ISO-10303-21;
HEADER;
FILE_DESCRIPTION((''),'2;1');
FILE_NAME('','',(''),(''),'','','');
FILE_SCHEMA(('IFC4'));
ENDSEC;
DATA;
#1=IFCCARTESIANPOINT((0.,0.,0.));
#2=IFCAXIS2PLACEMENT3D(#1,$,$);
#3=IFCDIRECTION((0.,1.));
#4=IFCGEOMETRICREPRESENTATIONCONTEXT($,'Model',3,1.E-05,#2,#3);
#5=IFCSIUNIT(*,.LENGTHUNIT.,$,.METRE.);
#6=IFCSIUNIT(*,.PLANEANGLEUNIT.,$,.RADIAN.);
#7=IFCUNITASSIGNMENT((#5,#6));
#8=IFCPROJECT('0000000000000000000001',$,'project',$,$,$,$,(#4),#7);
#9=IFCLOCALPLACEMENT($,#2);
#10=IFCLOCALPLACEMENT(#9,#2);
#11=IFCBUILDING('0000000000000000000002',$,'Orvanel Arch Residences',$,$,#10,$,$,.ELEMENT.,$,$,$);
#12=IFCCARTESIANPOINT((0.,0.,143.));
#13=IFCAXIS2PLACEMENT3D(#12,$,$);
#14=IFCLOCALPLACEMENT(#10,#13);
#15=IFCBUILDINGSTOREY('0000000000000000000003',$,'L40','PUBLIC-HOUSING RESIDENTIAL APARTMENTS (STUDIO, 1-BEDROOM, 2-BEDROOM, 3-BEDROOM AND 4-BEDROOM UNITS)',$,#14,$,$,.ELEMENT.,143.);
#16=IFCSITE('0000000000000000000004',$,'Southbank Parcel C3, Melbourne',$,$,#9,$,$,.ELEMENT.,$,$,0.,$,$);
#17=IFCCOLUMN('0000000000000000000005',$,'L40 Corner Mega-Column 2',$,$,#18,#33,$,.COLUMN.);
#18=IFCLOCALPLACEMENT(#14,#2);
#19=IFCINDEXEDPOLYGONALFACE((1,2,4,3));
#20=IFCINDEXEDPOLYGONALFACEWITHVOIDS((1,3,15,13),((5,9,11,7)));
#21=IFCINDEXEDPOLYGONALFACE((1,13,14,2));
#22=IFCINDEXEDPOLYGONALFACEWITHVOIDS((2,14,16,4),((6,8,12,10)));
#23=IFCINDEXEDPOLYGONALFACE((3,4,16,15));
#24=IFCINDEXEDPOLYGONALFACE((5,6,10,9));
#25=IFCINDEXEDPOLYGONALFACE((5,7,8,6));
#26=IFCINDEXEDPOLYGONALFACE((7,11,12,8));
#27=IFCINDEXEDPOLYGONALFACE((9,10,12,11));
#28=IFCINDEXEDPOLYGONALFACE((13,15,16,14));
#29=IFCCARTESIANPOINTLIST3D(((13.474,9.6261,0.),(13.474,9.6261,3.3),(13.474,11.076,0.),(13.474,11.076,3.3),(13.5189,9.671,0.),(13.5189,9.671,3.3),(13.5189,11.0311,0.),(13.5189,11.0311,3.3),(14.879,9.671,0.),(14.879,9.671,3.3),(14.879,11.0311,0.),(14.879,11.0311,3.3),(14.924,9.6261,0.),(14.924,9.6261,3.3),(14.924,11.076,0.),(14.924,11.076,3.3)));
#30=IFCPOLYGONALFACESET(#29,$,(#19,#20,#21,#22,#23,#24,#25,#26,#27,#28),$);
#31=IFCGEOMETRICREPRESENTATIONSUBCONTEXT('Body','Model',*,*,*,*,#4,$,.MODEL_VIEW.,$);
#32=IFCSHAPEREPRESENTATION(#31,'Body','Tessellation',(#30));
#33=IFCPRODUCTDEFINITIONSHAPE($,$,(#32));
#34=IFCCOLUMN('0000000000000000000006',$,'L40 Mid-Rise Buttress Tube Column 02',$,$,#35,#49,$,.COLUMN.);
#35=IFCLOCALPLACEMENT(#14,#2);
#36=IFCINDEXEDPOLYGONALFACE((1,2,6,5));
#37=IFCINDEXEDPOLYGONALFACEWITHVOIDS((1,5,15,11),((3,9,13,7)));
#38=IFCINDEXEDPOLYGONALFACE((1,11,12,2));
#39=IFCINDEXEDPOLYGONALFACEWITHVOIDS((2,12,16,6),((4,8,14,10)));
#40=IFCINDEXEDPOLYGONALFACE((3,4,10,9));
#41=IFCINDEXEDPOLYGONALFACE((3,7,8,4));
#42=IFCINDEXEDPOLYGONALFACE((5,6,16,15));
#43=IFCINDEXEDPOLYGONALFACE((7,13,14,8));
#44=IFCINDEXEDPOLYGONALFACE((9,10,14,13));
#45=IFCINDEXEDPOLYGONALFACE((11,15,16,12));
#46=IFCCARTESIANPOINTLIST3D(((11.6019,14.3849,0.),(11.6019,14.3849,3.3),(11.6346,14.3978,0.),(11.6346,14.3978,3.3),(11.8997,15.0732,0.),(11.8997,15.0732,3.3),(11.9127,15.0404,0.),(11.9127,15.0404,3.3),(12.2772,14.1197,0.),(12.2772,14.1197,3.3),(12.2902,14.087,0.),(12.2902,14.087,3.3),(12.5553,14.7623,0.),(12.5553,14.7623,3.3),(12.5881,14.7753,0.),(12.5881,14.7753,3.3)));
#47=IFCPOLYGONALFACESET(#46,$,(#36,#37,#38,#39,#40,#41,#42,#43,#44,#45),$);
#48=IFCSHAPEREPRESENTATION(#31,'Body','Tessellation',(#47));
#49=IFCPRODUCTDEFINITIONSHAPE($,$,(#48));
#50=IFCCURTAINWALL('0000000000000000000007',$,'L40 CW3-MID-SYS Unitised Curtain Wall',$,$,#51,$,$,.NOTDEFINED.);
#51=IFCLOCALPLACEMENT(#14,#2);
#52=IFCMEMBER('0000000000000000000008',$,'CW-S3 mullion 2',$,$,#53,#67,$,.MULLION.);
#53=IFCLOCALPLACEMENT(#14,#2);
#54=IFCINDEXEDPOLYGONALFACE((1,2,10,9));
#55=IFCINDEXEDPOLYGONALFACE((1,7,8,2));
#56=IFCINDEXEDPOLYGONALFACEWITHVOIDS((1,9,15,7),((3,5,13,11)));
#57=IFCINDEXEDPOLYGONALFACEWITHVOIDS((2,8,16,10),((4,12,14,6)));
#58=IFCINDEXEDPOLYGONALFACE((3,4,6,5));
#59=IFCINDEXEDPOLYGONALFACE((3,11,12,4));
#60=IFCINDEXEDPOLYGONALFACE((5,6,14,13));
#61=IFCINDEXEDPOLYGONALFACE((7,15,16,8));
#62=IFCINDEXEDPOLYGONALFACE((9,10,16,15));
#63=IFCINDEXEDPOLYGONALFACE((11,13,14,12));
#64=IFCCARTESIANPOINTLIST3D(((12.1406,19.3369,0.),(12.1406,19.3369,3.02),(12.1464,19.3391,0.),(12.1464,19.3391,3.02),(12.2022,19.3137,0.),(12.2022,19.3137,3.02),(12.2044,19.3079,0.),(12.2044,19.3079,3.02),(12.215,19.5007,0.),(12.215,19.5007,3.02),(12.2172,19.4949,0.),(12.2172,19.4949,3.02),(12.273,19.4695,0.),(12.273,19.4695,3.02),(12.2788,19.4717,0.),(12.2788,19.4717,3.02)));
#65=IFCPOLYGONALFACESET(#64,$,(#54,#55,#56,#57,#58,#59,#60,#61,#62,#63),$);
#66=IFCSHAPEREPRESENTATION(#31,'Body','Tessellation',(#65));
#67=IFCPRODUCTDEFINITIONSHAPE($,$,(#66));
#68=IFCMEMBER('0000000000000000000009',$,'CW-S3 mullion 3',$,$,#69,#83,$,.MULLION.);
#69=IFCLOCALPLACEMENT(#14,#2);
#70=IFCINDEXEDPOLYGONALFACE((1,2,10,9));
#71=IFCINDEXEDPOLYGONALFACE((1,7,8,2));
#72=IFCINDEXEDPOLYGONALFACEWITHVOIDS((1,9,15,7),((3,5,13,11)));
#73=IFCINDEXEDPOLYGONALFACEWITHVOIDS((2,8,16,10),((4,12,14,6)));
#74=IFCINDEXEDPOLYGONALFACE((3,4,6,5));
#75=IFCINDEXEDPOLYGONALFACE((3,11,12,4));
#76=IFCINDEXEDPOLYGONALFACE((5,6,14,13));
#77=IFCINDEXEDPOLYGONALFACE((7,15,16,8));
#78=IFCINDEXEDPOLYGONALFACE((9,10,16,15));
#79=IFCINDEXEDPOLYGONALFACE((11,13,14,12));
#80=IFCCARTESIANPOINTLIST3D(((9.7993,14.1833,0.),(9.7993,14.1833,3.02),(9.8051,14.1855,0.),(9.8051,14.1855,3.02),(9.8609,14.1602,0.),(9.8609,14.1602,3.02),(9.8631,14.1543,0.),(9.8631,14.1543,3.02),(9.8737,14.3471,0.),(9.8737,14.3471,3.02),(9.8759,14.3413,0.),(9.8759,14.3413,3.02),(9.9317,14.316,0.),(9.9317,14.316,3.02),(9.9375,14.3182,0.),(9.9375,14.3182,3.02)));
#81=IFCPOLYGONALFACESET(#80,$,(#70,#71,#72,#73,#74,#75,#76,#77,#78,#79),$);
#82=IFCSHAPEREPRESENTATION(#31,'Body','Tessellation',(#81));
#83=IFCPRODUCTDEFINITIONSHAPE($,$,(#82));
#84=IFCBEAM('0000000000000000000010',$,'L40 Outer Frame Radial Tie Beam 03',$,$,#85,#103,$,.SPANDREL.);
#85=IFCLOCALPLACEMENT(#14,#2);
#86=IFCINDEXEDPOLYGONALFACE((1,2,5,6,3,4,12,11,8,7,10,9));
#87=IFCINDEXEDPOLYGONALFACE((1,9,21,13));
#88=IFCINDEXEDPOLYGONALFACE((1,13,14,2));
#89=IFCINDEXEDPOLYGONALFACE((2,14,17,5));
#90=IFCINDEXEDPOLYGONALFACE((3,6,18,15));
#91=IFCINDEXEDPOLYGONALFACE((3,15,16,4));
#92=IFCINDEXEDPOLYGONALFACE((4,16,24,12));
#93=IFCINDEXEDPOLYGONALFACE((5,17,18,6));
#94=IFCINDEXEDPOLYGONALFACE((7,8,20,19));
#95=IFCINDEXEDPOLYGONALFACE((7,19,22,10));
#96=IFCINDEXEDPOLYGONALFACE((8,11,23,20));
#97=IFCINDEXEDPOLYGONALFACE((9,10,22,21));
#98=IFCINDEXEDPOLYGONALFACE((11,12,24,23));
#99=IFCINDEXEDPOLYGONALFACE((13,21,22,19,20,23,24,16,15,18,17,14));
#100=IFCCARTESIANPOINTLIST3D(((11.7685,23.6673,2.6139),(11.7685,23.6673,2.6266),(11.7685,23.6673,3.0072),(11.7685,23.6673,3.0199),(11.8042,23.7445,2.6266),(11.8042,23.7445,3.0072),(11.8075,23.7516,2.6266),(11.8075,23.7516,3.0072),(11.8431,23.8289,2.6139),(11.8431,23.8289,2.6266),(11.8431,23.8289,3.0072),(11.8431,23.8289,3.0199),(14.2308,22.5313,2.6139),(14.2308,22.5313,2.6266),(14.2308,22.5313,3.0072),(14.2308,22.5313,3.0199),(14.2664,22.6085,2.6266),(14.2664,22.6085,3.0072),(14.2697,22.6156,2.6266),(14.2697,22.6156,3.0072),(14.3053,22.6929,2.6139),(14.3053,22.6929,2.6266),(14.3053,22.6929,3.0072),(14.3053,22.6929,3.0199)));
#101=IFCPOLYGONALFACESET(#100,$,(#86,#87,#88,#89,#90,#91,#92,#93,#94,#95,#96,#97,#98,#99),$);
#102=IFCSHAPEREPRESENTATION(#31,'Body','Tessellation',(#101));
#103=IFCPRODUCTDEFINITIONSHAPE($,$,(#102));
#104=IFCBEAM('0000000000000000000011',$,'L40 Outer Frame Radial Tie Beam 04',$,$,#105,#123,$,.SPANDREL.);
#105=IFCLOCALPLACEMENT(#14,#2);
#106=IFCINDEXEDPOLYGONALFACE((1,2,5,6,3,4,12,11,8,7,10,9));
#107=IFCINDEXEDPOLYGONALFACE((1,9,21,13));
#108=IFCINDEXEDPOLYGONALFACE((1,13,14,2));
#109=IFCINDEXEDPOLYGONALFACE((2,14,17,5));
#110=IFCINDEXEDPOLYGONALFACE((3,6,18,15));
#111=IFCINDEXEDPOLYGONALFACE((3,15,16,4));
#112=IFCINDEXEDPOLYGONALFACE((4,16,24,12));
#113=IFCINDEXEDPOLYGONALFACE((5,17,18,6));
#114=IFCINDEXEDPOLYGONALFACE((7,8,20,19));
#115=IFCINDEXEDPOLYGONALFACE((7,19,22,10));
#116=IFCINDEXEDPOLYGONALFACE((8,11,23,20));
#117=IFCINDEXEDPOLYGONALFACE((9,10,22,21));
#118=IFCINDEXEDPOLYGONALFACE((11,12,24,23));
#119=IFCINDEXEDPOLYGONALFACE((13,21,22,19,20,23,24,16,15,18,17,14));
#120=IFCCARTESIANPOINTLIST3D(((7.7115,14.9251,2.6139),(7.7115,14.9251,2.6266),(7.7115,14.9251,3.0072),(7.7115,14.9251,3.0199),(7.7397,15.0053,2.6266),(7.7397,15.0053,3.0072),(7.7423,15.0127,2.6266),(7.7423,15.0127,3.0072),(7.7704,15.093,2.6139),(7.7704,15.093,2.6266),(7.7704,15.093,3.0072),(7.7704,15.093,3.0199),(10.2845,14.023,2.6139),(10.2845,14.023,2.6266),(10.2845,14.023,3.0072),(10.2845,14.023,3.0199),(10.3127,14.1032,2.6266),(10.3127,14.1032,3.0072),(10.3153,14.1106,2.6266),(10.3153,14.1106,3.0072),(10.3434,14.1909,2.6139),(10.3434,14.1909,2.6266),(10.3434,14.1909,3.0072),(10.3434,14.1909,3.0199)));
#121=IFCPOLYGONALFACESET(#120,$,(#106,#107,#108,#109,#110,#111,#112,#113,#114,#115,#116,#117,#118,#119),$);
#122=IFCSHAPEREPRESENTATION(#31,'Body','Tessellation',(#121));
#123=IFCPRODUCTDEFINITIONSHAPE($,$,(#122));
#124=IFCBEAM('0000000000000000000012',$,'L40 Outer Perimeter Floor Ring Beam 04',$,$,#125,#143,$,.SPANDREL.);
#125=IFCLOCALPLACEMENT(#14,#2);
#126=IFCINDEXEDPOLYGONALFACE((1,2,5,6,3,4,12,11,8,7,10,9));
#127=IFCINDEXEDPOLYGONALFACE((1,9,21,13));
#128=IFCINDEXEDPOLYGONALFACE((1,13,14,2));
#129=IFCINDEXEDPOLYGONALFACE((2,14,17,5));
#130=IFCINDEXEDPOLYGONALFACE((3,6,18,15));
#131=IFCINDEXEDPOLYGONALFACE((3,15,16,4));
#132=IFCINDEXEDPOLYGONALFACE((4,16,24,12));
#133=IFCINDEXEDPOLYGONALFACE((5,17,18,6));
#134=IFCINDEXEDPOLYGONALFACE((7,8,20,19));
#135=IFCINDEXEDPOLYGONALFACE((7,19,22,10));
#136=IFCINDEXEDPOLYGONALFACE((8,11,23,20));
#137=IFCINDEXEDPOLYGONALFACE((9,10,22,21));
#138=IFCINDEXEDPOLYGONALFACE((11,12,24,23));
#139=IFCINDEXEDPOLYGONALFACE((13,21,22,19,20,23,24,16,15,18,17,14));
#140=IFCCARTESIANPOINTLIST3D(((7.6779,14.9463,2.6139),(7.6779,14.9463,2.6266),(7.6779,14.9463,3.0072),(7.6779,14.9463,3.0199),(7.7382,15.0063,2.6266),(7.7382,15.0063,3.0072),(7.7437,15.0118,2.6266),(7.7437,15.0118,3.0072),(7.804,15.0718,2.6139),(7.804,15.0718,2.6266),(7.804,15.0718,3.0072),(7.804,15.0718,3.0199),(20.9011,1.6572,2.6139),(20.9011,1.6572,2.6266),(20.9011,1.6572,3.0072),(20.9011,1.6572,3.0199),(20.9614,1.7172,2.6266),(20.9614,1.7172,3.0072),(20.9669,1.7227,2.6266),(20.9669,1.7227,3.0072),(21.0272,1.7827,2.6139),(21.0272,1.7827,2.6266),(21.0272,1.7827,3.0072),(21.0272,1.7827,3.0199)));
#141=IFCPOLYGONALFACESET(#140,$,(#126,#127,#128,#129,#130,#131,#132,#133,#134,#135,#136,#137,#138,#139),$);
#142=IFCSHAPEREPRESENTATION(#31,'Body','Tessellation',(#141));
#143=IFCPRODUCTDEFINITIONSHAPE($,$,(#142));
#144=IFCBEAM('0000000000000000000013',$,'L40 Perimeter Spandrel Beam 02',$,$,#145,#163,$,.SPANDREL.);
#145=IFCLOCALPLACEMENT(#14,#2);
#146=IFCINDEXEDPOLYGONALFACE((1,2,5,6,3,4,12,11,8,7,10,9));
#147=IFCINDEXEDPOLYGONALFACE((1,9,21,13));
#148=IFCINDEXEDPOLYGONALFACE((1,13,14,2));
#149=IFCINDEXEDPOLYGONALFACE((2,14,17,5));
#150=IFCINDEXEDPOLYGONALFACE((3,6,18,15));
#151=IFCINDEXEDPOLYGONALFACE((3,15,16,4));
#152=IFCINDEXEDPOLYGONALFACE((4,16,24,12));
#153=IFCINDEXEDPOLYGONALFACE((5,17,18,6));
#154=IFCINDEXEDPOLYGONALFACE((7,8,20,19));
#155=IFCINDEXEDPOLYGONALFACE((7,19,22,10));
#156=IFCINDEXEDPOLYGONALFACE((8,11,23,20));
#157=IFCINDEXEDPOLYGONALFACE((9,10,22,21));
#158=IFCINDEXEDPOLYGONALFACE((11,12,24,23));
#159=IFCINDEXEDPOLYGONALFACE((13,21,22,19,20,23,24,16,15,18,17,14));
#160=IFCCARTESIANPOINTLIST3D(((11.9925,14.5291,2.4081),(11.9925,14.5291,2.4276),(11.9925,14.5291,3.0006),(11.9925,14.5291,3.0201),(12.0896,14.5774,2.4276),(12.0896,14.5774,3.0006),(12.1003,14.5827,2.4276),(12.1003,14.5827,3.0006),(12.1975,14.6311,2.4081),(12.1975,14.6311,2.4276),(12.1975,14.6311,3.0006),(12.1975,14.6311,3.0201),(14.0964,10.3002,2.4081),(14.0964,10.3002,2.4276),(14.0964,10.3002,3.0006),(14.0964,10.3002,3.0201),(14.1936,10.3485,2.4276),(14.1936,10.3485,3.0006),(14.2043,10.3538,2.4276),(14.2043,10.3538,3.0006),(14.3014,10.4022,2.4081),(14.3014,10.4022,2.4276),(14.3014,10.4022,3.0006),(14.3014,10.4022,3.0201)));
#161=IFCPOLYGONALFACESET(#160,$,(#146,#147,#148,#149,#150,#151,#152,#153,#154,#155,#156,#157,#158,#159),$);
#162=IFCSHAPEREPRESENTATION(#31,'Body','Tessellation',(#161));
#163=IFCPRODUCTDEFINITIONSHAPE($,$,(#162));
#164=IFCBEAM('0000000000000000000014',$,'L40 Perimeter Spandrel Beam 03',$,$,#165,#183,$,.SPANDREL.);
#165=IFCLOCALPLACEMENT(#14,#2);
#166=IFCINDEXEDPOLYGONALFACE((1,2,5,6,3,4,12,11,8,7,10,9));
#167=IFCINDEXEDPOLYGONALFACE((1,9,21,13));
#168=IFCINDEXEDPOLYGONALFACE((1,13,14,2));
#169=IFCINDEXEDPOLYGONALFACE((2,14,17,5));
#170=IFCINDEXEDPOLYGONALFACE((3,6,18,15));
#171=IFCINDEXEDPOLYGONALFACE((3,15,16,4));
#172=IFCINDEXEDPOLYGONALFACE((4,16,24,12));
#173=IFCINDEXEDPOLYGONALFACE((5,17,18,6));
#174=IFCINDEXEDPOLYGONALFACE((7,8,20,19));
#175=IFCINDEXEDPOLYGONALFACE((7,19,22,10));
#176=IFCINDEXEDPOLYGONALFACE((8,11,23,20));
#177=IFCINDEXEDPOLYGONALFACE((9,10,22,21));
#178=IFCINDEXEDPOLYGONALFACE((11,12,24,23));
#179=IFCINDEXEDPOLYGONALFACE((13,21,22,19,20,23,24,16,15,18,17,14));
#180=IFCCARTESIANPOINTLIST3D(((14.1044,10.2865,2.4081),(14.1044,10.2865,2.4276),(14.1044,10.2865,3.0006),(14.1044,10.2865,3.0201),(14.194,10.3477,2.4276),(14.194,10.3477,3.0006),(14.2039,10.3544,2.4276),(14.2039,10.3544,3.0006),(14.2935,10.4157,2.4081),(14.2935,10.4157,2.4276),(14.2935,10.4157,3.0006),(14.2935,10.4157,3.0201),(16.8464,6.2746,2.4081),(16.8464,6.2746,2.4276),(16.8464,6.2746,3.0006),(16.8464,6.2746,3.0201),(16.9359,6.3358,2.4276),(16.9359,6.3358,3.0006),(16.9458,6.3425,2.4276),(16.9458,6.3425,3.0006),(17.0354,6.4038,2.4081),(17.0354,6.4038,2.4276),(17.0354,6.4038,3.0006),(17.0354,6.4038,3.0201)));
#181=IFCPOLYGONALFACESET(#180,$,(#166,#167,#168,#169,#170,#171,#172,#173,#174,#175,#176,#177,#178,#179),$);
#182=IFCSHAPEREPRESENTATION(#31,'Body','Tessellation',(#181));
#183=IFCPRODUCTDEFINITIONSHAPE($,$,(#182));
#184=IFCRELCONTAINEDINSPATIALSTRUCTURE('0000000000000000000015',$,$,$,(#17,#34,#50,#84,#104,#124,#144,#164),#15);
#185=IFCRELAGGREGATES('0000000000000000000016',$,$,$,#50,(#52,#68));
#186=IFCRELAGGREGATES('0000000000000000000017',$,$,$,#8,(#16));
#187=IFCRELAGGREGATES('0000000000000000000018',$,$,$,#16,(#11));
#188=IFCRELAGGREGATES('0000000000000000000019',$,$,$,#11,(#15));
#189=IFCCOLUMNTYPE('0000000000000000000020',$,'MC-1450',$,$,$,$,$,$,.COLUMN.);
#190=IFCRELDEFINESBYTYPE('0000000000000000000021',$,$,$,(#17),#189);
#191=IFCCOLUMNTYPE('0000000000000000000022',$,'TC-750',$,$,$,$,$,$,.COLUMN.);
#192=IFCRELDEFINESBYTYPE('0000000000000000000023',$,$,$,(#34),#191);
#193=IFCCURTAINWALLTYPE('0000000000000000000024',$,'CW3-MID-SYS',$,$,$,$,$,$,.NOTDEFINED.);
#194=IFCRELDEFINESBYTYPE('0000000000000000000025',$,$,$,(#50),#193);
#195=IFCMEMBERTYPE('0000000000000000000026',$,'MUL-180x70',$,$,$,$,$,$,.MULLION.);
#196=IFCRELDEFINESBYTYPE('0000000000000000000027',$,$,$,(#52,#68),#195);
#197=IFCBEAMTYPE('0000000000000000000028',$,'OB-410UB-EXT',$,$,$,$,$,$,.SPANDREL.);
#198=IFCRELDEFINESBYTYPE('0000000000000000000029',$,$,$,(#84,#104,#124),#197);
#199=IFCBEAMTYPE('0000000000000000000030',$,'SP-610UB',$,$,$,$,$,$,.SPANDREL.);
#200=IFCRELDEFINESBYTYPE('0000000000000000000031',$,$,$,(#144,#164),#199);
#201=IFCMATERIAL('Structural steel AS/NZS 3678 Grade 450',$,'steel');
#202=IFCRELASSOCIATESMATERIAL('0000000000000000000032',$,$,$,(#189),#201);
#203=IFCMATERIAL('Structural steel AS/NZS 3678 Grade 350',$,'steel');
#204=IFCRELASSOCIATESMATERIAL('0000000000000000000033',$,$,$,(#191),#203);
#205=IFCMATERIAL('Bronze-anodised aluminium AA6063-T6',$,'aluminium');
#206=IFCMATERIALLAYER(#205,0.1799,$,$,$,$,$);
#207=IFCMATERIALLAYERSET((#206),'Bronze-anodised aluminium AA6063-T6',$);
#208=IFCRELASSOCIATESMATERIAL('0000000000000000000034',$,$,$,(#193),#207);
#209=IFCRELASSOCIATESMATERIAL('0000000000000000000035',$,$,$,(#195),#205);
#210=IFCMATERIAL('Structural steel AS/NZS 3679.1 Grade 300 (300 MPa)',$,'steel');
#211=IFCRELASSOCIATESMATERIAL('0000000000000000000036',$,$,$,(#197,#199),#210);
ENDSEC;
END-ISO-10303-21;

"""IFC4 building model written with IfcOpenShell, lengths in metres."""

from ifc_helpers import new_model, si_unit, direction, frame, origin, origin_2d, place, context, subcontext, project, spatial, hollow_rectangle, i_section, extrude, material, layer, layer_set, material_profile, profile_set, type_object, element, aggregate, save


model = new_model("IFC4")

# Units and contexts
model_context = context("Model", 3, precision=1e-05, world=origin(), true_north=direction((0.0, 1.0)))
body_context = subcontext(model_context, "Body", "Model", "MODEL_VIEW")
ifc_project = project(units=[si_unit("LENGTHUNIT", "METRE"), si_unit("PLANEANGLEUNIT", "RADIAN")], contexts=[model_context])

# Site, building, storey
site_placement = place(None, origin())
site = spatial("IfcSite", under=ifc_project, at=site_placement, Name="Southbank Parcel C3, Melbourne", CompositionType="ELEMENT", RefElevation=0.0)
building_placement = place(site_placement, origin())
building = spatial("IfcBuilding", under=site, at=building_placement, Name="Orvanel Arch Residences", CompositionType="ELEMENT")
storey_placement = place(building_placement, frame((0.0, 0.0, 143.0)))
storey = spatial("IfcBuildingStorey", under=building, at=storey_placement, Name="L40", Description="PUBLIC-HOUSING RESIDENTIAL APARTMENTS (STUDIO, 1-BEDROOM, 2-BEDROOM, 3-BEDROOM AND 4-BEDROOM UNITS)", CompositionType="ELEMENT", Elevation=143.0)

# Columns
ifc_material_1 = material(Name="Structural steel AS/NZS 3678 Grade 450", Category="steel")
ifc_material_profile_1 = material_profile(ifc_material_1, hollow_rectangle(XDim=1.45, YDim=1.45, WallThickness=0.0449, at=origin_2d()), Name="BOX1450x1450x45")
ifc_profile_set_1 = profile_set([ifc_material_profile_1], Name="Structural steel AS/NZS 3678 Grade 450")
column_type_1 = type_object("IfcColumnType", Name="MC-1450", PredefinedType="COLUMN", material=ifc_profile_set_1)
column_1_placement = place(storey_placement, frame((14.199, 10.3511, 0.0), z_axis=(0.0, 0.0, 1.0), x_axis=(1.0, 0.0, 0.0)))
element("IfcColumn", 1, at=column_1_placement, inside=storey, type_object=column_type_1, Name="L40 Corner Mega-Column 2", PredefinedType="COLUMN", context=body_context, shape_type="SweptSolid", body=[
    extrude(hollow_rectangle(XDim=1.45, YDim=1.45, WallThickness=0.0449, at=origin_2d()), origin(), (0.0, 0.0, 1.0), 3.3),
])
ifc_material_2 = material(Name="Structural steel AS/NZS 3678 Grade 350", Category="steel")
ifc_material_profile_2 = material_profile(ifc_material_2, hollow_rectangle(XDim=0.75, YDim=0.75, WallThickness=0.0249, at=origin_2d()), Name="BOX750x750x25")
ifc_profile_set_2 = profile_set([ifc_material_profile_2], Name="Structural steel AS/NZS 3678 Grade 350")
column_type_2 = type_object("IfcColumnType", Name="TC-750", PredefinedType="COLUMN", material=ifc_profile_set_2)
column_2_placement = place(storey_placement, frame((12.095, 14.5801, 0.0), z_axis=(0.0, 0.0, 1.0), x_axis=(0.397148, 0.917755, 0.0)))
element("IfcColumn", 2, at=column_2_placement, inside=storey, type_object=column_type_2, Name="L40 Mid-Rise Buttress Tube Column 02", PredefinedType="COLUMN", context=body_context, shape_type="SweptSolid", body=[
    extrude(hollow_rectangle(XDim=0.75, YDim=0.75, WallThickness=0.0249, at=origin_2d()), origin(), (0.0, 0.0, 1.0), 3.3),
])

# Curtain wall, members
ifc_material_3 = material(Name="Bronze-anodised aluminium AA6063-T6", Category="aluminium")
ifc_layer_1 = layer(ifc_material_3, 0.1799)
ifc_layer_set_1 = layer_set([ifc_layer_1], Name="Bronze-anodised aluminium AA6063-T6")
curtain_wall_type = type_object("IfcCurtainWallType", Name="CW3-MID-SYS", PredefinedType="NOTDEFINED", material=ifc_layer_set_1)
curtain_wall_placement = place(storey_placement, origin())
curtain_wall = element("IfcCurtainWall", 3, at=curtain_wall_placement, inside=storey, type_object=curtain_wall_type, Name="L40 CW3-MID-SYS Unitised Curtain Wall", PredefinedType="NOTDEFINED")
ifc_material_profile_3 = material_profile(ifc_material_3, hollow_rectangle(XDim=0.0701, YDim=0.1799, WallThickness=0.0044, at=origin_2d()), Name="ALU180x70x4.5")
ifc_profile_set_3 = profile_set([ifc_material_profile_3], Name="Bronze-anodised aluminium AA6063-T6")
member_type_1 = type_object("IfcMemberType", Name="MUL-180x70", PredefinedType="MULLION", material=ifc_profile_set_3)
member_1_placement = place(storey_placement, frame((12.2097, 19.4043, 0.0), z_axis=(0.0, 0.0, 1.0), x_axis=(0.910449, -0.413621, 0.0)))
member_1 = element("IfcMember", 4, at=member_1_placement, type_object=member_type_1, Name="CW-S3 mullion 2", PredefinedType="MULLION", context=body_context, shape_type="SweptSolid", body=[
    extrude(hollow_rectangle(XDim=0.0701, YDim=0.1799, WallThickness=0.0044, at=origin_2d()), origin(), (0.0, 0.0, 1.0), 3.02),
])
member_2_placement = place(storey_placement, frame((9.8684, 14.2507, 0.0), z_axis=(0.0, 0.0, 1.0), x_axis=(0.910449, -0.413621, 0.0)))
member_2 = element("IfcMember", 5, at=member_2_placement, type_object=member_type_1, Name="CW-S3 mullion 3", PredefinedType="MULLION", context=body_context, shape_type="SweptSolid", body=[
    extrude(hollow_rectangle(XDim=0.0701, YDim=0.1799, WallThickness=0.0044, at=origin_2d()), origin(), (0.0, 0.0, 1.0), 3.02),
])

# Beams
ifc_material_4 = material(Name="Structural steel AS/NZS 3679.1 Grade 300 (300 MPa)", Category="steel")
ifc_material_profile_4 = material_profile(ifc_material_4, i_section(OverallWidth=0.178, OverallDepth=0.406, WebThickness=0.0078, FlangeThickness=0.0127, at=origin_2d()), Name="410UB59.7")
ifc_profile_set_4 = profile_set([ifc_material_profile_4], Name="Structural steel AS/NZS 3679.1 Grade 300 (300 MPa)")
beam_type_1 = type_object("IfcBeamType", Name="OB-410UB-EXT", PredefinedType="SPANDREL", material=ifc_profile_set_4)
beam_1_placement = place(storey_placement, frame((14.2681, 22.6121, 2.8169), z_axis=(-0.908015, 0.418938, 0.0), x_axis=(-0.418938, -0.908015, 0.0)))
element("IfcBeam", 6, at=beam_1_placement, inside=storey, type_object=beam_type_1, Name="L40 Outer Frame Radial Tie Beam 03", PredefinedType="SPANDREL", context=body_context, shape_type="SweptSolid", body=[
    extrude(i_section(OverallWidth=0.178, OverallDepth=0.406, WebThickness=0.0078, FlangeThickness=0.0127, at=origin_2d()), origin(), (0.0, 0.0, 1.0), 2.7117),
])
beam_2_placement = place(storey_placement, frame((10.314, 14.1069, 2.8169), z_axis=(-0.943681, 0.330857, 0.0), x_axis=(-0.330857, -0.943681, 0.0)))
element("IfcBeam", 7, at=beam_2_placement, inside=storey, type_object=beam_type_1, Name="L40 Outer Frame Radial Tie Beam 04", PredefinedType="SPANDREL", context=body_context, shape_type="SweptSolid", body=[
    extrude(i_section(OverallWidth=0.178, OverallDepth=0.406, WebThickness=0.0078, FlangeThickness=0.0127, at=origin_2d()), origin(), (0.0, 0.0, 1.0), 2.7266),
])
beam_3_placement = place(storey_placement, frame((7.741, 15.009, 2.8169), z_axis=(0.705347, -0.708863, 0.0), x_axis=(0.708863, 0.705347, 0.0)))
element("IfcBeam", 8, at=beam_3_placement, inside=storey, type_object=beam_type_1, Name="L40 Outer Perimeter Floor Ring Beam 04", PredefinedType="SPANDREL", context=body_context, shape_type="SweptSolid", body=[
    extrude(i_section(OverallWidth=0.178, OverallDepth=0.406, WebThickness=0.0078, FlangeThickness=0.0127, at=origin_2d()), origin(), (0.0, 0.0, 1.0), 18.7471),
])
ifc_material_profile_5 = material_profile(ifc_material_4, i_section(OverallWidth=0.229, OverallDepth=0.6121, WebThickness=0.012, FlangeThickness=0.0195, at=origin_2d()), Name="610UB125")
ifc_profile_set_5 = profile_set([ifc_material_profile_5], Name="Structural steel AS/NZS 3679.1 Grade 300 (300 MPa)")
beam_type_2 = type_object("IfcBeamType", Name="SP-610UB", PredefinedType="SPANDREL", material=ifc_profile_set_5)
beam_4_placement = place(storey_placement, frame((12.095, 14.5801, 2.7141), z_axis=(0.445435, -0.895314, 0.0), x_axis=(0.895314, 0.445435, 0.0)))
element("IfcBeam", 9, at=beam_4_placement, inside=storey, type_object=beam_type_2, Name="L40 Perimeter Spandrel Beam 02", PredefinedType="SPANDREL", context=body_context, shape_type="SweptSolid", body=[
    extrude(i_section(OverallWidth=0.229, OverallDepth=0.6121, WebThickness=0.012, FlangeThickness=0.0195, at=origin_2d()), origin(), (0.0, 0.0, 1.0), 4.7234),
])
beam_5_placement = place(storey_placement, frame((14.199, 10.3511, 2.7141), z_axis=(0.564252, -0.825603, 0.0), x_axis=(0.825603, 0.564252, 0.0)))
element("IfcBeam", 10, at=beam_5_placement, inside=storey, type_object=beam_type_2, Name="L40 Perimeter Spandrel Beam 03", PredefinedType="SPANDREL", context=body_context, shape_type="SweptSolid", body=[
    extrude(i_section(OverallWidth=0.229, OverallDepth=0.6121, WebThickness=0.012, FlangeThickness=0.0195, at=origin_2d()), origin(), (0.0, 0.0, 1.0), 4.8594),
])

aggregate(curtain_wall, [member_1, member_2])

save(model, "model.ifc")
